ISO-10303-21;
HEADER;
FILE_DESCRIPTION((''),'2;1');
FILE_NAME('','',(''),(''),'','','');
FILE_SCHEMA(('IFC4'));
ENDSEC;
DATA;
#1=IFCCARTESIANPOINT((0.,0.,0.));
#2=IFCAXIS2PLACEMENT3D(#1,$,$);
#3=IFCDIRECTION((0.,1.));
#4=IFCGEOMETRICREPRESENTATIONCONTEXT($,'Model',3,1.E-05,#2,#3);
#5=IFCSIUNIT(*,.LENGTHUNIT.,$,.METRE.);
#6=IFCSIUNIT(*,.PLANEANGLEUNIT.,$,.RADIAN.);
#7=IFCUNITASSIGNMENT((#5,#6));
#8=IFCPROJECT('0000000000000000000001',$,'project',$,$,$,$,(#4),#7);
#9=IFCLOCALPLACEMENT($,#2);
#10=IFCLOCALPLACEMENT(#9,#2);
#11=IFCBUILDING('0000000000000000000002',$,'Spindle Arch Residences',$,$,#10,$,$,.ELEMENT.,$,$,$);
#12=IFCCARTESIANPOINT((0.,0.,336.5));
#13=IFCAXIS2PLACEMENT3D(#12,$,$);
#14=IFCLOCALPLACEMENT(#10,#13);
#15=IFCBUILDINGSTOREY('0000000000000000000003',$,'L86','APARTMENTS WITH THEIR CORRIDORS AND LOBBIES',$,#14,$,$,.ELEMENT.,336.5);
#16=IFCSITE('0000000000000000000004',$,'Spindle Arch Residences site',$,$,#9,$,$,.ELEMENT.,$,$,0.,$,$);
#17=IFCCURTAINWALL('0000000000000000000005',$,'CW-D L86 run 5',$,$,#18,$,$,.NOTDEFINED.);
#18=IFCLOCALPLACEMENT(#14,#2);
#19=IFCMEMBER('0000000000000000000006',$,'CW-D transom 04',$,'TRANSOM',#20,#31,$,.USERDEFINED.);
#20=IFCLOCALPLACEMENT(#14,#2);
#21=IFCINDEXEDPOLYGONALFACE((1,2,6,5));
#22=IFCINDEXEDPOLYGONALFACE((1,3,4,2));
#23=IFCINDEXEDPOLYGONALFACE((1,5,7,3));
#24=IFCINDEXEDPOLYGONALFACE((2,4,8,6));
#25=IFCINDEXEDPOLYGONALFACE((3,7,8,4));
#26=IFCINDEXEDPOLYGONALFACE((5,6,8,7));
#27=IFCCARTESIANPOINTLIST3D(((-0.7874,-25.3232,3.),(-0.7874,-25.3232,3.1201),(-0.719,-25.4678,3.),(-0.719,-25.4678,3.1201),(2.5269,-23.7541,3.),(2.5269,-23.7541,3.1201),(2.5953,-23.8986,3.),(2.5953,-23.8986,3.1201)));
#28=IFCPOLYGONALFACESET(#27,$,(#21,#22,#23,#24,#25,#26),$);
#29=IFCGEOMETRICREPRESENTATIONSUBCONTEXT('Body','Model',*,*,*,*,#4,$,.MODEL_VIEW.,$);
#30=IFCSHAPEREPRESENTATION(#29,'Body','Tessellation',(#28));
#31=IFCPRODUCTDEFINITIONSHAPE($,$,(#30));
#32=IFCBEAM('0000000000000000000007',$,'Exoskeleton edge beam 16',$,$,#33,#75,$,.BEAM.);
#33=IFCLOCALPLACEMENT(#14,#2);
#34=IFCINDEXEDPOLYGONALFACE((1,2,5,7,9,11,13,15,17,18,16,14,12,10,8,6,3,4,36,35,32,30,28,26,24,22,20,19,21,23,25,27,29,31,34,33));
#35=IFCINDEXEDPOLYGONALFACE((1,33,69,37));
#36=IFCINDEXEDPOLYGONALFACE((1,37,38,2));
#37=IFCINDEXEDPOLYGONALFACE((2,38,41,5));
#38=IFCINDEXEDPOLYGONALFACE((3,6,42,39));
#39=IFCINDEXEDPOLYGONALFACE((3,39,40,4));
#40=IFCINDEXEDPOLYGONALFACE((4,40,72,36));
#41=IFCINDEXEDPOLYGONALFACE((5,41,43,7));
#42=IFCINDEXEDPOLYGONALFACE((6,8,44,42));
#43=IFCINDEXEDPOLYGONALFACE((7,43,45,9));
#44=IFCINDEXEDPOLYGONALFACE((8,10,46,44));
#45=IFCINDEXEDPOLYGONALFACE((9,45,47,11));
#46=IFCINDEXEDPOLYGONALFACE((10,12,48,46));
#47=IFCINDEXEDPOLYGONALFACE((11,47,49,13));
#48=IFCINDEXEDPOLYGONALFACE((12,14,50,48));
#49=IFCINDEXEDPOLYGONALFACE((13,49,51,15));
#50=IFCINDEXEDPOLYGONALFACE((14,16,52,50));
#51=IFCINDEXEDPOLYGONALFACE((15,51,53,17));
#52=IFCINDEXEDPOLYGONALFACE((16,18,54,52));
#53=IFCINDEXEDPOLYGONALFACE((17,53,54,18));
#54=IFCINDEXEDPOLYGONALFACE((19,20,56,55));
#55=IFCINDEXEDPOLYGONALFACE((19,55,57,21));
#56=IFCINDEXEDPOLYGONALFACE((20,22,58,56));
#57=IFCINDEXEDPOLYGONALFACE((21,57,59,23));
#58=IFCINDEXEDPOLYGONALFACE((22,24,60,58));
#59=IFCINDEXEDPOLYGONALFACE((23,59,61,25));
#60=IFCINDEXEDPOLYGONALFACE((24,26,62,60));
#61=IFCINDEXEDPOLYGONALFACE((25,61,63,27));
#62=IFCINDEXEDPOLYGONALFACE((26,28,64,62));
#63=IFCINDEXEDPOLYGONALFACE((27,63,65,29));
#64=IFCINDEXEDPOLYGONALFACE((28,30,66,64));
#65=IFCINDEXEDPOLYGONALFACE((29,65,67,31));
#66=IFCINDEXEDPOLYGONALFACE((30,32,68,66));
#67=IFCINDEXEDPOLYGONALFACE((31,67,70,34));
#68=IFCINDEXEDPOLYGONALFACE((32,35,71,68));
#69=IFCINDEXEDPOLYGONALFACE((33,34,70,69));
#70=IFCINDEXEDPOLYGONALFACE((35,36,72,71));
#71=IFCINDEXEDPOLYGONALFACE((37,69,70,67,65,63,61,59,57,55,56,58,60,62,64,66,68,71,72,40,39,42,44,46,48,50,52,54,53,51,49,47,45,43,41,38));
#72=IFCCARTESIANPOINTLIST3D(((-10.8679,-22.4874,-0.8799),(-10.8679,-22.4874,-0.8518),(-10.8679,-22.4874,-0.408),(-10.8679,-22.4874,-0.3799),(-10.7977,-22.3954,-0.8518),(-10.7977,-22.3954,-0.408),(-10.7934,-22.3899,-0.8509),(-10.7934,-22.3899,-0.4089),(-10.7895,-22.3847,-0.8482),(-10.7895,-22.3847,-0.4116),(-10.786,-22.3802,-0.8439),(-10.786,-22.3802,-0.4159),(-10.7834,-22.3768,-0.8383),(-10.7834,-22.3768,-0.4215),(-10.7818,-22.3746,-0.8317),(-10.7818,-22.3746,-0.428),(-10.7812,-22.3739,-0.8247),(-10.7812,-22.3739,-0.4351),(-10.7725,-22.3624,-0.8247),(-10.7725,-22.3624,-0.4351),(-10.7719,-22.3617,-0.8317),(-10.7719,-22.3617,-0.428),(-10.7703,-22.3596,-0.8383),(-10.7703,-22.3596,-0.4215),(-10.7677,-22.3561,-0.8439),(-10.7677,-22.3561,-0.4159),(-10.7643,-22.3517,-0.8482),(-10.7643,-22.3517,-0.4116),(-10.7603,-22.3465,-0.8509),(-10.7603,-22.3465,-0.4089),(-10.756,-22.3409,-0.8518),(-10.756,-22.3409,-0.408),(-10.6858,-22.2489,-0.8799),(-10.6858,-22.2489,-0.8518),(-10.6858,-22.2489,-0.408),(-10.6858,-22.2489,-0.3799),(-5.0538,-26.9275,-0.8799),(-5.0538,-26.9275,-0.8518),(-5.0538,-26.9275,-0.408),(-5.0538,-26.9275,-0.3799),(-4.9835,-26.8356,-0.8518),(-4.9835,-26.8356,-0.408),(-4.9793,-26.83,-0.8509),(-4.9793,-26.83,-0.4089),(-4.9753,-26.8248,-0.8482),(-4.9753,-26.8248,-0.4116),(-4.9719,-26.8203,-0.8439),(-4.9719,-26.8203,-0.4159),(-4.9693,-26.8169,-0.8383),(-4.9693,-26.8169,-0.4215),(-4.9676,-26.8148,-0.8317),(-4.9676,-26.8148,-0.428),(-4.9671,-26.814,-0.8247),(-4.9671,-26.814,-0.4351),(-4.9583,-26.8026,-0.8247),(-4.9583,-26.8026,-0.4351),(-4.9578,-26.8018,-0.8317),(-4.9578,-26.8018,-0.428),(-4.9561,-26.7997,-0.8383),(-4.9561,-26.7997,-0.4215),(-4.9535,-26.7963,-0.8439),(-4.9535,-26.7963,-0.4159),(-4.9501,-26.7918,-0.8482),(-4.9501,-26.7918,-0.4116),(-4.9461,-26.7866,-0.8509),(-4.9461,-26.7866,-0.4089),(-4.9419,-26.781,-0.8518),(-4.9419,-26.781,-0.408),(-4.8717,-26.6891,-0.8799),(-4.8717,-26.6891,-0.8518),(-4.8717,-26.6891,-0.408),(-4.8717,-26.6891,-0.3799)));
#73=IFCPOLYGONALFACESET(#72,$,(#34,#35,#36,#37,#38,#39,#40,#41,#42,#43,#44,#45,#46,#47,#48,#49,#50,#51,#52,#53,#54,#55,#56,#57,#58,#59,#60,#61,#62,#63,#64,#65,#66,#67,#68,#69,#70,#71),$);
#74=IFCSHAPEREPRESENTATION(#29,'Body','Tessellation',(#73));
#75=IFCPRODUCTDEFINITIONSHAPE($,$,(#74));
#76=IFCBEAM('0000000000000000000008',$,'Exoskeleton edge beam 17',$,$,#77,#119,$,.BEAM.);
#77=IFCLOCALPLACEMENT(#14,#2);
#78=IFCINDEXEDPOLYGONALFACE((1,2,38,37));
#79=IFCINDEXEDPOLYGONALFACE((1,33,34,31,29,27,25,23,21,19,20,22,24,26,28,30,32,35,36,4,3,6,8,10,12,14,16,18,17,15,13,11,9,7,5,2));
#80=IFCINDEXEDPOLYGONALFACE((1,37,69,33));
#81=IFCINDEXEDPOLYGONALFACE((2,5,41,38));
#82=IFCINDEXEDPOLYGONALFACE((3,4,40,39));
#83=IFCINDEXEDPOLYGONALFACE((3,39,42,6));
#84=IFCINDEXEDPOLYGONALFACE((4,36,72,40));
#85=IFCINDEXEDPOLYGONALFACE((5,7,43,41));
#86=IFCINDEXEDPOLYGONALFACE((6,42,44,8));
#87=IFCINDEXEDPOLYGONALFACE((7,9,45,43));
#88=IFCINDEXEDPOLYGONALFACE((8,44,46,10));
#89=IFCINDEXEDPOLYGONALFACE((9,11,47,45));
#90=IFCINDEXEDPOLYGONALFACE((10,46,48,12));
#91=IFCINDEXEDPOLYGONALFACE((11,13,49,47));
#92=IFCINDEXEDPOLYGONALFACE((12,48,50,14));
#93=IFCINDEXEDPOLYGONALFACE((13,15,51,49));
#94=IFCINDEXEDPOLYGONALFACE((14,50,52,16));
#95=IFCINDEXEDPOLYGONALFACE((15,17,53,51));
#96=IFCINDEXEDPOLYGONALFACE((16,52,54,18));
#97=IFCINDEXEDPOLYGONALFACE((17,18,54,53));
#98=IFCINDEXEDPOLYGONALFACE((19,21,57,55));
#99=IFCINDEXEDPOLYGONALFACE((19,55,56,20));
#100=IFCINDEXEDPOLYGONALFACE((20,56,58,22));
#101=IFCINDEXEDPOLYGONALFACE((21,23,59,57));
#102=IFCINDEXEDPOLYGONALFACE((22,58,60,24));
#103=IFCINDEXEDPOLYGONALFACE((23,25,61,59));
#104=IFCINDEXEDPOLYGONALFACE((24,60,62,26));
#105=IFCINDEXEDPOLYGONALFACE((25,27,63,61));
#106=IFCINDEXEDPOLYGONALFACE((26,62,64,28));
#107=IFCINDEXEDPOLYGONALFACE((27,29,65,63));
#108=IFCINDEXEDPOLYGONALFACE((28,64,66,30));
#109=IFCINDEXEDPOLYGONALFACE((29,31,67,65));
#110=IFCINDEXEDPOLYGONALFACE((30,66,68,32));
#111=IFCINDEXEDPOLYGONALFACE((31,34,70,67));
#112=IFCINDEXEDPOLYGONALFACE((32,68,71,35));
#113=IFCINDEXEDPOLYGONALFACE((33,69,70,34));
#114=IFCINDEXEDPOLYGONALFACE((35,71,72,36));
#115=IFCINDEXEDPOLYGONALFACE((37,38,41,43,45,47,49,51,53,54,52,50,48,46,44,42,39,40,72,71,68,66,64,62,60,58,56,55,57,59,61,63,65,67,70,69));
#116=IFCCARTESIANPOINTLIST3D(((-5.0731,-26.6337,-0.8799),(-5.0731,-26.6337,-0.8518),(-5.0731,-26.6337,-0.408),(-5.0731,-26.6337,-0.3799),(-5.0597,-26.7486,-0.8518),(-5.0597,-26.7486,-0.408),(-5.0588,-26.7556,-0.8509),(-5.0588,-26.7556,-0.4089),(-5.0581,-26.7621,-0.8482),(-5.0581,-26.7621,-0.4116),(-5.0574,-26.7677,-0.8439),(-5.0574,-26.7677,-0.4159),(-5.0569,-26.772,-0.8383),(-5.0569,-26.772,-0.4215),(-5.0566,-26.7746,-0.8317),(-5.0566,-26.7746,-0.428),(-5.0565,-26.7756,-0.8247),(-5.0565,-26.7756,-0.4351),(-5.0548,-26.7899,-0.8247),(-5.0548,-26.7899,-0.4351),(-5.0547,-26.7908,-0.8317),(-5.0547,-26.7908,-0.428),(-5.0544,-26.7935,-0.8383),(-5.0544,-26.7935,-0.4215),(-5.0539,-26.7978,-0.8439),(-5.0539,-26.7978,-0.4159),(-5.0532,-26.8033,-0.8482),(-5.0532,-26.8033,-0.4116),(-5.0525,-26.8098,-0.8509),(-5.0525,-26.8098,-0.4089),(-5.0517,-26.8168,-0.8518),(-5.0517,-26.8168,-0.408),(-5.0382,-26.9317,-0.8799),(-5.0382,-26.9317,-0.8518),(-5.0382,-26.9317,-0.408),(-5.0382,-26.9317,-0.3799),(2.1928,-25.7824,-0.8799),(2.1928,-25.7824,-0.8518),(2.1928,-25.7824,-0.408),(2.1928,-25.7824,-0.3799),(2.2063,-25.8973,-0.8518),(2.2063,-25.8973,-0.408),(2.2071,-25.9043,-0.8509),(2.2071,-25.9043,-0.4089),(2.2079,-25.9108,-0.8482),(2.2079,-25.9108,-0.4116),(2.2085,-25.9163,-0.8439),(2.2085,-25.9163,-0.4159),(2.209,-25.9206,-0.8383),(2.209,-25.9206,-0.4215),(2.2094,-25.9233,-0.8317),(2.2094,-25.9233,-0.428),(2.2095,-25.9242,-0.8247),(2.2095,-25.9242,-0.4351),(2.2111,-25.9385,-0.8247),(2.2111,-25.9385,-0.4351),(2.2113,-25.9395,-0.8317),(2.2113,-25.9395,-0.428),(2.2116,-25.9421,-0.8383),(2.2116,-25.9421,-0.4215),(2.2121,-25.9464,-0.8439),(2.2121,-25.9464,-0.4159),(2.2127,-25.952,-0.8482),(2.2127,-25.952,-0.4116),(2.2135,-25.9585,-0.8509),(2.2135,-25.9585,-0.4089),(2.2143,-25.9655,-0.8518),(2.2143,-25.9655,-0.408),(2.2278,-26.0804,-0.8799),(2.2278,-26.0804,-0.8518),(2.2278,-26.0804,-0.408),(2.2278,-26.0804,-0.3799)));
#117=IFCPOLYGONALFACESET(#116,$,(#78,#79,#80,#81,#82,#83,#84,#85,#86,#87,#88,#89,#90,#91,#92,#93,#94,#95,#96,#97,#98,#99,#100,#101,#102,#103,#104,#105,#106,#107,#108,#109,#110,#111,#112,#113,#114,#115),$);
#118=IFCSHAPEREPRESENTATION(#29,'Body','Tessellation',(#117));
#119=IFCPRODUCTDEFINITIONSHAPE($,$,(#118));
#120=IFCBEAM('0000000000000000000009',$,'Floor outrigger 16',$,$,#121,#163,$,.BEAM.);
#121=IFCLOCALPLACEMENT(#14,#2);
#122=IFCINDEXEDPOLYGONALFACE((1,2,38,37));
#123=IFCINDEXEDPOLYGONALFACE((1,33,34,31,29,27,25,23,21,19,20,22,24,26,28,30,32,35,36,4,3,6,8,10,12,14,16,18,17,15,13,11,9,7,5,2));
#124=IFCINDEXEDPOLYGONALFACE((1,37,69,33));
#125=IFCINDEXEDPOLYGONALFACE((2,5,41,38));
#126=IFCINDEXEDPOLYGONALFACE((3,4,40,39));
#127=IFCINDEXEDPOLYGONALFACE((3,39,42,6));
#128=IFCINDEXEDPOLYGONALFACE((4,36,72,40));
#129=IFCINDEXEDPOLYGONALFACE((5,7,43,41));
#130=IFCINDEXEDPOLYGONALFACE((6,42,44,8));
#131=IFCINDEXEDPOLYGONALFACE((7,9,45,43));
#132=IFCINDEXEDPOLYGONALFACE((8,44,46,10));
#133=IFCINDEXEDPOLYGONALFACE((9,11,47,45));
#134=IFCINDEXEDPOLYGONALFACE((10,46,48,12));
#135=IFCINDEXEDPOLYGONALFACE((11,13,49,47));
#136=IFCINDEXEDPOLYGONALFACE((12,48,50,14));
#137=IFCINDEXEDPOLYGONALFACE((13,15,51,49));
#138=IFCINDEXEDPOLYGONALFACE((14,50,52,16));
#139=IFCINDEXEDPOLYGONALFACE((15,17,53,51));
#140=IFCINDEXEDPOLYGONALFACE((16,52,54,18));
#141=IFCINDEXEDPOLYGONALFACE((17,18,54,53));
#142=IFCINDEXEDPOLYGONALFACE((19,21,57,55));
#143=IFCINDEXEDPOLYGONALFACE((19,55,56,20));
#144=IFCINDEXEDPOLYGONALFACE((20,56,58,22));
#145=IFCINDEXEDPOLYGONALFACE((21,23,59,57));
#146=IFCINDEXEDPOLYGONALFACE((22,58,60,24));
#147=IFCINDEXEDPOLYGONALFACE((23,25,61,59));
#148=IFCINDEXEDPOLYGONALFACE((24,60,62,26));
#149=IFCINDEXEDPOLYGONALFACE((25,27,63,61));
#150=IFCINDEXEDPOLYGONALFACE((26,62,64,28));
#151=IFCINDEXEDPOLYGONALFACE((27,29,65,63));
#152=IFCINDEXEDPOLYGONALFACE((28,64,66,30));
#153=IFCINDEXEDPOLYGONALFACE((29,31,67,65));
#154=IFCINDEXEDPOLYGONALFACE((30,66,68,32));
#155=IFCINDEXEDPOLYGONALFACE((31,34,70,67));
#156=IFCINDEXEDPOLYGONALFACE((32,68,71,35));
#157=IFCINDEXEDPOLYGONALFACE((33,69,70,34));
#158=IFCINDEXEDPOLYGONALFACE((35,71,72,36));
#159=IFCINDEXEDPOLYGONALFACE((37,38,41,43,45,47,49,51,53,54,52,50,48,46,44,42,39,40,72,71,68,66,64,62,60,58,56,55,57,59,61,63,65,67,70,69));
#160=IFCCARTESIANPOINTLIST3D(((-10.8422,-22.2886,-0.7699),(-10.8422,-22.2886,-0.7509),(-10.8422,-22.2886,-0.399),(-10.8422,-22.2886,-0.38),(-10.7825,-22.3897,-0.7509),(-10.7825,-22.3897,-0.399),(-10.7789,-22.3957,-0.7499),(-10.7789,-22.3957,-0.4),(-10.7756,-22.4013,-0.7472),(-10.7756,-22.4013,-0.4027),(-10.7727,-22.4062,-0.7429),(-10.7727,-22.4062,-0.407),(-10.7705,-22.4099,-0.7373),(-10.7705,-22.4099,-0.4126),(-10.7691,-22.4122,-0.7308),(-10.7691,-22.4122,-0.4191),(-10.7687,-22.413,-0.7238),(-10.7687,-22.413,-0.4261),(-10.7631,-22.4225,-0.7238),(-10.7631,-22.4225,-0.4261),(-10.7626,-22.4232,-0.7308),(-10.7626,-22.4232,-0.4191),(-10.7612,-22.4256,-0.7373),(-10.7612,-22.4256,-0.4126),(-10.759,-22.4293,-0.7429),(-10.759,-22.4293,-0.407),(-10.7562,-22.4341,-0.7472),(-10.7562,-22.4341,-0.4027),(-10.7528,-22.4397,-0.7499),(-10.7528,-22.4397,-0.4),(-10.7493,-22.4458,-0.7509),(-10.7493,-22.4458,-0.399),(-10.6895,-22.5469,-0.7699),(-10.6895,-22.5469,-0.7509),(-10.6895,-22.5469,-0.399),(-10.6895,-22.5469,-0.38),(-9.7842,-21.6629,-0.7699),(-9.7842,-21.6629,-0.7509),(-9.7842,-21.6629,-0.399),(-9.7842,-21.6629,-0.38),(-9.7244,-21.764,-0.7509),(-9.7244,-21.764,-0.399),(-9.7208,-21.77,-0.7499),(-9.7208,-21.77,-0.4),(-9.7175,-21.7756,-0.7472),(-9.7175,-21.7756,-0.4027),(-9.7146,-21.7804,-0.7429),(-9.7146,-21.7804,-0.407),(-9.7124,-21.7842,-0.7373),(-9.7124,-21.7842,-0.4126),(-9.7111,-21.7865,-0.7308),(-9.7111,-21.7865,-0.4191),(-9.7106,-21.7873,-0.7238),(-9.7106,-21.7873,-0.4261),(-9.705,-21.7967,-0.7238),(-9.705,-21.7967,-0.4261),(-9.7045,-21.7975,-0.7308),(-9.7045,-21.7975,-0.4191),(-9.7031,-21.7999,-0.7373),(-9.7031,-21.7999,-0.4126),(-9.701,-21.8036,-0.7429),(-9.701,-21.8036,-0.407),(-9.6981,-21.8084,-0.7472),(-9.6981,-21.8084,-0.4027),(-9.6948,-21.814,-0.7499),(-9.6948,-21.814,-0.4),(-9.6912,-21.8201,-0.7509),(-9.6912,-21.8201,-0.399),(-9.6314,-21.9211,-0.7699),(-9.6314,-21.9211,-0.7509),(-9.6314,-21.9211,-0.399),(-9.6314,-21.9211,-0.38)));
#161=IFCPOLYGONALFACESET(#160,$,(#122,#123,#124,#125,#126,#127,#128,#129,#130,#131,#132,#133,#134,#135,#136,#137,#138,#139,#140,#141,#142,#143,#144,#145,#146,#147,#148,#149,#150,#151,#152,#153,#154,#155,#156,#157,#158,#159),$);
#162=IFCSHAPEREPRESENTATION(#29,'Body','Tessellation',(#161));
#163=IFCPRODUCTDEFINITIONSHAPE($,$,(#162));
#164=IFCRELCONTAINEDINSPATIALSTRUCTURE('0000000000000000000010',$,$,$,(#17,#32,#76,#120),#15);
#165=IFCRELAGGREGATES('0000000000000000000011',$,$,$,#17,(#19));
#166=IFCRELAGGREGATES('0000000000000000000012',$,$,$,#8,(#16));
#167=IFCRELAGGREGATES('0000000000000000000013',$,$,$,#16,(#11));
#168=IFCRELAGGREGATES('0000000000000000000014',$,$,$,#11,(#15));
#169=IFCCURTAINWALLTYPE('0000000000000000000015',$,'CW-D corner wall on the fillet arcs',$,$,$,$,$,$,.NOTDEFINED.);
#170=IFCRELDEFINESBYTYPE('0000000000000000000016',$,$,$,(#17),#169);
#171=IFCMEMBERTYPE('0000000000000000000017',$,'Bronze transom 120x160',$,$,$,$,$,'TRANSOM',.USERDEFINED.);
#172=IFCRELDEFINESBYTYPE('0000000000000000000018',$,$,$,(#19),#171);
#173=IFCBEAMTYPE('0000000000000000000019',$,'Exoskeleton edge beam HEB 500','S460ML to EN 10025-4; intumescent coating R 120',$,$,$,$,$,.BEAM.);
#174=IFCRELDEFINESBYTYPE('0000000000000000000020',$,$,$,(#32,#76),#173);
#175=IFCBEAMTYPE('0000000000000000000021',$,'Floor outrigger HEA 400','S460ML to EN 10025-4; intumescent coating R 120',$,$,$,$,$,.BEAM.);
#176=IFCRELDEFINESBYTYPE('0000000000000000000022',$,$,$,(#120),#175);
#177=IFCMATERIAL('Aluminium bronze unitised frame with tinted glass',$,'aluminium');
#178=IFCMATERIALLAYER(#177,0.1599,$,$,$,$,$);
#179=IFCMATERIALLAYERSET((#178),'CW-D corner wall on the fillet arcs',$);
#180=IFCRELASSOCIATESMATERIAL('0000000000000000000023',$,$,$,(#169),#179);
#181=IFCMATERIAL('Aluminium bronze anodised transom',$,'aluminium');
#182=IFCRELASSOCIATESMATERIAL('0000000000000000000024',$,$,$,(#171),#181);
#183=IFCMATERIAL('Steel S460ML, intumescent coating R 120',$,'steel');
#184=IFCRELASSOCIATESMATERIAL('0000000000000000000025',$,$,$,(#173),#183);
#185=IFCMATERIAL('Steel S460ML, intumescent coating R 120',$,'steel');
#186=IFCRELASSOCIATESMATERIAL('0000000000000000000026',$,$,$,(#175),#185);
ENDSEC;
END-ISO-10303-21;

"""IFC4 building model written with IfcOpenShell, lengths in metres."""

from ifc_helpers import new_model, si_unit, direction, frame, origin, origin_2d, place, context, subcontext, project, spatial, rectangle, i_section, extrude, material, layer, layer_set, material_profile, profile_set, type_object, element, aggregate, save


model = new_model("IFC4")

# Units and contexts
model_context = context("Model", 3, precision=1e-05, world=origin(), true_north=direction((0.0, 1.0)))
body_context = subcontext(model_context, "Body", "Model", "MODEL_VIEW")
ifc_project = project(units=[si_unit("LENGTHUNIT", "METRE"), si_unit("PLANEANGLEUNIT", "RADIAN")], contexts=[model_context])

# Site, building, storey
site_placement = place(None, origin())
site = spatial("IfcSite", under=ifc_project, at=site_placement, Name="Spindle Arch Residences site", CompositionType="ELEMENT", RefElevation=0.0)
building_placement = place(site_placement, origin())
building = spatial("IfcBuilding", under=site, at=building_placement, Name="Spindle Arch Residences", CompositionType="ELEMENT")
storey_placement = place(building_placement, frame((0.0, 0.0, 336.5)))
storey = spatial("IfcBuildingStorey", under=building, at=storey_placement, Name="L86", Description="APARTMENTS WITH THEIR CORRIDORS AND LOBBIES", CompositionType="ELEMENT", Elevation=336.5)

# Curtain wall, member
ifc_material_1 = material(Name="Aluminium bronze unitised frame with tinted glass", Category="aluminium")
ifc_layer_1 = layer(ifc_material_1, 0.1599)
ifc_layer_set_1 = layer_set([ifc_layer_1], Name="CW-D corner wall on the fillet arcs")
curtain_wall_type = type_object("IfcCurtainWallType", Name="CW-D corner wall on the fillet arcs", PredefinedType="NOTDEFINED", material=ifc_layer_set_1)
curtain_wall_placement = place(storey_placement, origin())
curtain_wall = element("IfcCurtainWall", 1, at=curtain_wall_placement, inside=storey, type_object=curtain_wall_type, Name="CW-D L86 run 5", PredefinedType="NOTDEFINED")
ifc_material_2 = material(Name="Aluminium bronze anodised transom", Category="aluminium")
ifc_material_profile_1 = material_profile(ifc_material_2, rectangle(XDim=0.1599, YDim=0.1201, at=origin_2d()), Name="TR 120x160")
ifc_profile_set_1 = profile_set([ifc_material_profile_1], Name="Aluminium bronze anodised transom")
member_type_1 = type_object("IfcMemberType", Name="Bronze transom 120x160", ElementType="TRANSOM", PredefinedType="USERDEFINED", material=ifc_profile_set_1)
member_1_placement = place(storey_placement, frame((-0.7532, -25.3955, 3.0601), z_axis=(0.903822, 0.427909, 0.0), x_axis=(-0.427909, 0.903822, 0.0)))
member_1 = element("IfcMember", 2, at=member_1_placement, type_object=member_type_1, Name="CW-D transom 04", ObjectType="TRANSOM", PredefinedType="USERDEFINED", context=body_context, shape_type="SweptSolid", body=[
    extrude(rectangle(XDim=0.1599, YDim=0.1201, at=origin_2d()), origin(), (0.0, 0.0, 1.0), 3.667),
])

# Beams
ifc_material_3 = material(Name="Steel S460ML, intumescent coating R 120", Category="steel")
ifc_material_profile_2 = material_profile(ifc_material_3, i_section(OverallWidth=0.3, OverallDepth=0.5, WebThickness=0.0144, FlangeThickness=0.0281, FilletRadius=0.0271, at=origin_2d()), Name="HEB 500")
ifc_profile_set_2 = profile_set([ifc_material_profile_2], Name="Steel S460ML, intumescent coating R 120")
beam_type_1 = type_object("IfcBeamType", Name="Exoskeleton edge beam HEB 500", Description="S460ML to EN 10025-4; intumescent coating R 120", PredefinedType="BEAM", material=ifc_profile_set_2)
for number, where, z_axis, x_axis, name in (
    (3, (-10.7769, -22.3682, -0.6299), (0.794752, -0.606935, 0.0), (0.606935, 0.794752, 0.0), "Exoskeleton edge beam 16"),
    (4, (-5.0557, -26.7827, -0.6299), (0.993206, 0.116371, 0.0), (-0.116371, 0.993206, 0.0), "Exoskeleton edge beam 17"),
):
    element("IfcBeam", number, at=place(storey_placement, frame(where, z_axis=z_axis, x_axis=x_axis)), inside=storey, type_object=beam_type_1, Name=name, PredefinedType="BEAM", context=body_context, shape_type="SweptSolid", body=[
        extrude(i_section(OverallWidth=0.3, OverallDepth=0.5, WebThickness=0.0144, FlangeThickness=0.0281, FilletRadius=0.0271, at=origin_2d()), origin(), (0.0, 0.0, 1.0), 7.3157),
    ])
ifc_material_4 = material(Name="Steel S460ML, intumescent coating R 120", Category="steel")
ifc_material_profile_3 = material_profile(ifc_material_4, i_section(OverallWidth=0.3, OverallDepth=0.3899, WebThickness=0.011, FlangeThickness=0.019, FilletRadius=0.0271, at=origin_2d()), Name="HEA 400")
ifc_profile_set_3 = profile_set([ifc_material_profile_3], Name="Steel S460ML, intumescent coating R 120")
beam_type_2 = type_object("IfcBeamType", Name="Floor outrigger HEA 400", Description="S460ML to EN 10025-4; intumescent coating R 120", PredefinedType="BEAM", material=ifc_profile_set_3)
beam_1_placement = place(storey_placement, frame((-10.7659, -22.4177, -0.575), z_axis=(0.860753, 0.509024, 0.0), x_axis=(-0.509024, 0.860753, 0.0)))
element("IfcBeam", 5, at=beam_1_placement, inside=storey, type_object=beam_type_2, Name="Floor outrigger 16", PredefinedType="BEAM", context=body_context, shape_type="SweptSolid", body=[
    extrude(i_section(OverallWidth=0.3, OverallDepth=0.3899, WebThickness=0.011, FlangeThickness=0.019, FilletRadius=0.0271, at=origin_2d()), origin(), (0.0, 0.0, 1.0), 1.2292),
])

aggregate(curtain_wall, [member_1])

save(model, "model.ifc")
